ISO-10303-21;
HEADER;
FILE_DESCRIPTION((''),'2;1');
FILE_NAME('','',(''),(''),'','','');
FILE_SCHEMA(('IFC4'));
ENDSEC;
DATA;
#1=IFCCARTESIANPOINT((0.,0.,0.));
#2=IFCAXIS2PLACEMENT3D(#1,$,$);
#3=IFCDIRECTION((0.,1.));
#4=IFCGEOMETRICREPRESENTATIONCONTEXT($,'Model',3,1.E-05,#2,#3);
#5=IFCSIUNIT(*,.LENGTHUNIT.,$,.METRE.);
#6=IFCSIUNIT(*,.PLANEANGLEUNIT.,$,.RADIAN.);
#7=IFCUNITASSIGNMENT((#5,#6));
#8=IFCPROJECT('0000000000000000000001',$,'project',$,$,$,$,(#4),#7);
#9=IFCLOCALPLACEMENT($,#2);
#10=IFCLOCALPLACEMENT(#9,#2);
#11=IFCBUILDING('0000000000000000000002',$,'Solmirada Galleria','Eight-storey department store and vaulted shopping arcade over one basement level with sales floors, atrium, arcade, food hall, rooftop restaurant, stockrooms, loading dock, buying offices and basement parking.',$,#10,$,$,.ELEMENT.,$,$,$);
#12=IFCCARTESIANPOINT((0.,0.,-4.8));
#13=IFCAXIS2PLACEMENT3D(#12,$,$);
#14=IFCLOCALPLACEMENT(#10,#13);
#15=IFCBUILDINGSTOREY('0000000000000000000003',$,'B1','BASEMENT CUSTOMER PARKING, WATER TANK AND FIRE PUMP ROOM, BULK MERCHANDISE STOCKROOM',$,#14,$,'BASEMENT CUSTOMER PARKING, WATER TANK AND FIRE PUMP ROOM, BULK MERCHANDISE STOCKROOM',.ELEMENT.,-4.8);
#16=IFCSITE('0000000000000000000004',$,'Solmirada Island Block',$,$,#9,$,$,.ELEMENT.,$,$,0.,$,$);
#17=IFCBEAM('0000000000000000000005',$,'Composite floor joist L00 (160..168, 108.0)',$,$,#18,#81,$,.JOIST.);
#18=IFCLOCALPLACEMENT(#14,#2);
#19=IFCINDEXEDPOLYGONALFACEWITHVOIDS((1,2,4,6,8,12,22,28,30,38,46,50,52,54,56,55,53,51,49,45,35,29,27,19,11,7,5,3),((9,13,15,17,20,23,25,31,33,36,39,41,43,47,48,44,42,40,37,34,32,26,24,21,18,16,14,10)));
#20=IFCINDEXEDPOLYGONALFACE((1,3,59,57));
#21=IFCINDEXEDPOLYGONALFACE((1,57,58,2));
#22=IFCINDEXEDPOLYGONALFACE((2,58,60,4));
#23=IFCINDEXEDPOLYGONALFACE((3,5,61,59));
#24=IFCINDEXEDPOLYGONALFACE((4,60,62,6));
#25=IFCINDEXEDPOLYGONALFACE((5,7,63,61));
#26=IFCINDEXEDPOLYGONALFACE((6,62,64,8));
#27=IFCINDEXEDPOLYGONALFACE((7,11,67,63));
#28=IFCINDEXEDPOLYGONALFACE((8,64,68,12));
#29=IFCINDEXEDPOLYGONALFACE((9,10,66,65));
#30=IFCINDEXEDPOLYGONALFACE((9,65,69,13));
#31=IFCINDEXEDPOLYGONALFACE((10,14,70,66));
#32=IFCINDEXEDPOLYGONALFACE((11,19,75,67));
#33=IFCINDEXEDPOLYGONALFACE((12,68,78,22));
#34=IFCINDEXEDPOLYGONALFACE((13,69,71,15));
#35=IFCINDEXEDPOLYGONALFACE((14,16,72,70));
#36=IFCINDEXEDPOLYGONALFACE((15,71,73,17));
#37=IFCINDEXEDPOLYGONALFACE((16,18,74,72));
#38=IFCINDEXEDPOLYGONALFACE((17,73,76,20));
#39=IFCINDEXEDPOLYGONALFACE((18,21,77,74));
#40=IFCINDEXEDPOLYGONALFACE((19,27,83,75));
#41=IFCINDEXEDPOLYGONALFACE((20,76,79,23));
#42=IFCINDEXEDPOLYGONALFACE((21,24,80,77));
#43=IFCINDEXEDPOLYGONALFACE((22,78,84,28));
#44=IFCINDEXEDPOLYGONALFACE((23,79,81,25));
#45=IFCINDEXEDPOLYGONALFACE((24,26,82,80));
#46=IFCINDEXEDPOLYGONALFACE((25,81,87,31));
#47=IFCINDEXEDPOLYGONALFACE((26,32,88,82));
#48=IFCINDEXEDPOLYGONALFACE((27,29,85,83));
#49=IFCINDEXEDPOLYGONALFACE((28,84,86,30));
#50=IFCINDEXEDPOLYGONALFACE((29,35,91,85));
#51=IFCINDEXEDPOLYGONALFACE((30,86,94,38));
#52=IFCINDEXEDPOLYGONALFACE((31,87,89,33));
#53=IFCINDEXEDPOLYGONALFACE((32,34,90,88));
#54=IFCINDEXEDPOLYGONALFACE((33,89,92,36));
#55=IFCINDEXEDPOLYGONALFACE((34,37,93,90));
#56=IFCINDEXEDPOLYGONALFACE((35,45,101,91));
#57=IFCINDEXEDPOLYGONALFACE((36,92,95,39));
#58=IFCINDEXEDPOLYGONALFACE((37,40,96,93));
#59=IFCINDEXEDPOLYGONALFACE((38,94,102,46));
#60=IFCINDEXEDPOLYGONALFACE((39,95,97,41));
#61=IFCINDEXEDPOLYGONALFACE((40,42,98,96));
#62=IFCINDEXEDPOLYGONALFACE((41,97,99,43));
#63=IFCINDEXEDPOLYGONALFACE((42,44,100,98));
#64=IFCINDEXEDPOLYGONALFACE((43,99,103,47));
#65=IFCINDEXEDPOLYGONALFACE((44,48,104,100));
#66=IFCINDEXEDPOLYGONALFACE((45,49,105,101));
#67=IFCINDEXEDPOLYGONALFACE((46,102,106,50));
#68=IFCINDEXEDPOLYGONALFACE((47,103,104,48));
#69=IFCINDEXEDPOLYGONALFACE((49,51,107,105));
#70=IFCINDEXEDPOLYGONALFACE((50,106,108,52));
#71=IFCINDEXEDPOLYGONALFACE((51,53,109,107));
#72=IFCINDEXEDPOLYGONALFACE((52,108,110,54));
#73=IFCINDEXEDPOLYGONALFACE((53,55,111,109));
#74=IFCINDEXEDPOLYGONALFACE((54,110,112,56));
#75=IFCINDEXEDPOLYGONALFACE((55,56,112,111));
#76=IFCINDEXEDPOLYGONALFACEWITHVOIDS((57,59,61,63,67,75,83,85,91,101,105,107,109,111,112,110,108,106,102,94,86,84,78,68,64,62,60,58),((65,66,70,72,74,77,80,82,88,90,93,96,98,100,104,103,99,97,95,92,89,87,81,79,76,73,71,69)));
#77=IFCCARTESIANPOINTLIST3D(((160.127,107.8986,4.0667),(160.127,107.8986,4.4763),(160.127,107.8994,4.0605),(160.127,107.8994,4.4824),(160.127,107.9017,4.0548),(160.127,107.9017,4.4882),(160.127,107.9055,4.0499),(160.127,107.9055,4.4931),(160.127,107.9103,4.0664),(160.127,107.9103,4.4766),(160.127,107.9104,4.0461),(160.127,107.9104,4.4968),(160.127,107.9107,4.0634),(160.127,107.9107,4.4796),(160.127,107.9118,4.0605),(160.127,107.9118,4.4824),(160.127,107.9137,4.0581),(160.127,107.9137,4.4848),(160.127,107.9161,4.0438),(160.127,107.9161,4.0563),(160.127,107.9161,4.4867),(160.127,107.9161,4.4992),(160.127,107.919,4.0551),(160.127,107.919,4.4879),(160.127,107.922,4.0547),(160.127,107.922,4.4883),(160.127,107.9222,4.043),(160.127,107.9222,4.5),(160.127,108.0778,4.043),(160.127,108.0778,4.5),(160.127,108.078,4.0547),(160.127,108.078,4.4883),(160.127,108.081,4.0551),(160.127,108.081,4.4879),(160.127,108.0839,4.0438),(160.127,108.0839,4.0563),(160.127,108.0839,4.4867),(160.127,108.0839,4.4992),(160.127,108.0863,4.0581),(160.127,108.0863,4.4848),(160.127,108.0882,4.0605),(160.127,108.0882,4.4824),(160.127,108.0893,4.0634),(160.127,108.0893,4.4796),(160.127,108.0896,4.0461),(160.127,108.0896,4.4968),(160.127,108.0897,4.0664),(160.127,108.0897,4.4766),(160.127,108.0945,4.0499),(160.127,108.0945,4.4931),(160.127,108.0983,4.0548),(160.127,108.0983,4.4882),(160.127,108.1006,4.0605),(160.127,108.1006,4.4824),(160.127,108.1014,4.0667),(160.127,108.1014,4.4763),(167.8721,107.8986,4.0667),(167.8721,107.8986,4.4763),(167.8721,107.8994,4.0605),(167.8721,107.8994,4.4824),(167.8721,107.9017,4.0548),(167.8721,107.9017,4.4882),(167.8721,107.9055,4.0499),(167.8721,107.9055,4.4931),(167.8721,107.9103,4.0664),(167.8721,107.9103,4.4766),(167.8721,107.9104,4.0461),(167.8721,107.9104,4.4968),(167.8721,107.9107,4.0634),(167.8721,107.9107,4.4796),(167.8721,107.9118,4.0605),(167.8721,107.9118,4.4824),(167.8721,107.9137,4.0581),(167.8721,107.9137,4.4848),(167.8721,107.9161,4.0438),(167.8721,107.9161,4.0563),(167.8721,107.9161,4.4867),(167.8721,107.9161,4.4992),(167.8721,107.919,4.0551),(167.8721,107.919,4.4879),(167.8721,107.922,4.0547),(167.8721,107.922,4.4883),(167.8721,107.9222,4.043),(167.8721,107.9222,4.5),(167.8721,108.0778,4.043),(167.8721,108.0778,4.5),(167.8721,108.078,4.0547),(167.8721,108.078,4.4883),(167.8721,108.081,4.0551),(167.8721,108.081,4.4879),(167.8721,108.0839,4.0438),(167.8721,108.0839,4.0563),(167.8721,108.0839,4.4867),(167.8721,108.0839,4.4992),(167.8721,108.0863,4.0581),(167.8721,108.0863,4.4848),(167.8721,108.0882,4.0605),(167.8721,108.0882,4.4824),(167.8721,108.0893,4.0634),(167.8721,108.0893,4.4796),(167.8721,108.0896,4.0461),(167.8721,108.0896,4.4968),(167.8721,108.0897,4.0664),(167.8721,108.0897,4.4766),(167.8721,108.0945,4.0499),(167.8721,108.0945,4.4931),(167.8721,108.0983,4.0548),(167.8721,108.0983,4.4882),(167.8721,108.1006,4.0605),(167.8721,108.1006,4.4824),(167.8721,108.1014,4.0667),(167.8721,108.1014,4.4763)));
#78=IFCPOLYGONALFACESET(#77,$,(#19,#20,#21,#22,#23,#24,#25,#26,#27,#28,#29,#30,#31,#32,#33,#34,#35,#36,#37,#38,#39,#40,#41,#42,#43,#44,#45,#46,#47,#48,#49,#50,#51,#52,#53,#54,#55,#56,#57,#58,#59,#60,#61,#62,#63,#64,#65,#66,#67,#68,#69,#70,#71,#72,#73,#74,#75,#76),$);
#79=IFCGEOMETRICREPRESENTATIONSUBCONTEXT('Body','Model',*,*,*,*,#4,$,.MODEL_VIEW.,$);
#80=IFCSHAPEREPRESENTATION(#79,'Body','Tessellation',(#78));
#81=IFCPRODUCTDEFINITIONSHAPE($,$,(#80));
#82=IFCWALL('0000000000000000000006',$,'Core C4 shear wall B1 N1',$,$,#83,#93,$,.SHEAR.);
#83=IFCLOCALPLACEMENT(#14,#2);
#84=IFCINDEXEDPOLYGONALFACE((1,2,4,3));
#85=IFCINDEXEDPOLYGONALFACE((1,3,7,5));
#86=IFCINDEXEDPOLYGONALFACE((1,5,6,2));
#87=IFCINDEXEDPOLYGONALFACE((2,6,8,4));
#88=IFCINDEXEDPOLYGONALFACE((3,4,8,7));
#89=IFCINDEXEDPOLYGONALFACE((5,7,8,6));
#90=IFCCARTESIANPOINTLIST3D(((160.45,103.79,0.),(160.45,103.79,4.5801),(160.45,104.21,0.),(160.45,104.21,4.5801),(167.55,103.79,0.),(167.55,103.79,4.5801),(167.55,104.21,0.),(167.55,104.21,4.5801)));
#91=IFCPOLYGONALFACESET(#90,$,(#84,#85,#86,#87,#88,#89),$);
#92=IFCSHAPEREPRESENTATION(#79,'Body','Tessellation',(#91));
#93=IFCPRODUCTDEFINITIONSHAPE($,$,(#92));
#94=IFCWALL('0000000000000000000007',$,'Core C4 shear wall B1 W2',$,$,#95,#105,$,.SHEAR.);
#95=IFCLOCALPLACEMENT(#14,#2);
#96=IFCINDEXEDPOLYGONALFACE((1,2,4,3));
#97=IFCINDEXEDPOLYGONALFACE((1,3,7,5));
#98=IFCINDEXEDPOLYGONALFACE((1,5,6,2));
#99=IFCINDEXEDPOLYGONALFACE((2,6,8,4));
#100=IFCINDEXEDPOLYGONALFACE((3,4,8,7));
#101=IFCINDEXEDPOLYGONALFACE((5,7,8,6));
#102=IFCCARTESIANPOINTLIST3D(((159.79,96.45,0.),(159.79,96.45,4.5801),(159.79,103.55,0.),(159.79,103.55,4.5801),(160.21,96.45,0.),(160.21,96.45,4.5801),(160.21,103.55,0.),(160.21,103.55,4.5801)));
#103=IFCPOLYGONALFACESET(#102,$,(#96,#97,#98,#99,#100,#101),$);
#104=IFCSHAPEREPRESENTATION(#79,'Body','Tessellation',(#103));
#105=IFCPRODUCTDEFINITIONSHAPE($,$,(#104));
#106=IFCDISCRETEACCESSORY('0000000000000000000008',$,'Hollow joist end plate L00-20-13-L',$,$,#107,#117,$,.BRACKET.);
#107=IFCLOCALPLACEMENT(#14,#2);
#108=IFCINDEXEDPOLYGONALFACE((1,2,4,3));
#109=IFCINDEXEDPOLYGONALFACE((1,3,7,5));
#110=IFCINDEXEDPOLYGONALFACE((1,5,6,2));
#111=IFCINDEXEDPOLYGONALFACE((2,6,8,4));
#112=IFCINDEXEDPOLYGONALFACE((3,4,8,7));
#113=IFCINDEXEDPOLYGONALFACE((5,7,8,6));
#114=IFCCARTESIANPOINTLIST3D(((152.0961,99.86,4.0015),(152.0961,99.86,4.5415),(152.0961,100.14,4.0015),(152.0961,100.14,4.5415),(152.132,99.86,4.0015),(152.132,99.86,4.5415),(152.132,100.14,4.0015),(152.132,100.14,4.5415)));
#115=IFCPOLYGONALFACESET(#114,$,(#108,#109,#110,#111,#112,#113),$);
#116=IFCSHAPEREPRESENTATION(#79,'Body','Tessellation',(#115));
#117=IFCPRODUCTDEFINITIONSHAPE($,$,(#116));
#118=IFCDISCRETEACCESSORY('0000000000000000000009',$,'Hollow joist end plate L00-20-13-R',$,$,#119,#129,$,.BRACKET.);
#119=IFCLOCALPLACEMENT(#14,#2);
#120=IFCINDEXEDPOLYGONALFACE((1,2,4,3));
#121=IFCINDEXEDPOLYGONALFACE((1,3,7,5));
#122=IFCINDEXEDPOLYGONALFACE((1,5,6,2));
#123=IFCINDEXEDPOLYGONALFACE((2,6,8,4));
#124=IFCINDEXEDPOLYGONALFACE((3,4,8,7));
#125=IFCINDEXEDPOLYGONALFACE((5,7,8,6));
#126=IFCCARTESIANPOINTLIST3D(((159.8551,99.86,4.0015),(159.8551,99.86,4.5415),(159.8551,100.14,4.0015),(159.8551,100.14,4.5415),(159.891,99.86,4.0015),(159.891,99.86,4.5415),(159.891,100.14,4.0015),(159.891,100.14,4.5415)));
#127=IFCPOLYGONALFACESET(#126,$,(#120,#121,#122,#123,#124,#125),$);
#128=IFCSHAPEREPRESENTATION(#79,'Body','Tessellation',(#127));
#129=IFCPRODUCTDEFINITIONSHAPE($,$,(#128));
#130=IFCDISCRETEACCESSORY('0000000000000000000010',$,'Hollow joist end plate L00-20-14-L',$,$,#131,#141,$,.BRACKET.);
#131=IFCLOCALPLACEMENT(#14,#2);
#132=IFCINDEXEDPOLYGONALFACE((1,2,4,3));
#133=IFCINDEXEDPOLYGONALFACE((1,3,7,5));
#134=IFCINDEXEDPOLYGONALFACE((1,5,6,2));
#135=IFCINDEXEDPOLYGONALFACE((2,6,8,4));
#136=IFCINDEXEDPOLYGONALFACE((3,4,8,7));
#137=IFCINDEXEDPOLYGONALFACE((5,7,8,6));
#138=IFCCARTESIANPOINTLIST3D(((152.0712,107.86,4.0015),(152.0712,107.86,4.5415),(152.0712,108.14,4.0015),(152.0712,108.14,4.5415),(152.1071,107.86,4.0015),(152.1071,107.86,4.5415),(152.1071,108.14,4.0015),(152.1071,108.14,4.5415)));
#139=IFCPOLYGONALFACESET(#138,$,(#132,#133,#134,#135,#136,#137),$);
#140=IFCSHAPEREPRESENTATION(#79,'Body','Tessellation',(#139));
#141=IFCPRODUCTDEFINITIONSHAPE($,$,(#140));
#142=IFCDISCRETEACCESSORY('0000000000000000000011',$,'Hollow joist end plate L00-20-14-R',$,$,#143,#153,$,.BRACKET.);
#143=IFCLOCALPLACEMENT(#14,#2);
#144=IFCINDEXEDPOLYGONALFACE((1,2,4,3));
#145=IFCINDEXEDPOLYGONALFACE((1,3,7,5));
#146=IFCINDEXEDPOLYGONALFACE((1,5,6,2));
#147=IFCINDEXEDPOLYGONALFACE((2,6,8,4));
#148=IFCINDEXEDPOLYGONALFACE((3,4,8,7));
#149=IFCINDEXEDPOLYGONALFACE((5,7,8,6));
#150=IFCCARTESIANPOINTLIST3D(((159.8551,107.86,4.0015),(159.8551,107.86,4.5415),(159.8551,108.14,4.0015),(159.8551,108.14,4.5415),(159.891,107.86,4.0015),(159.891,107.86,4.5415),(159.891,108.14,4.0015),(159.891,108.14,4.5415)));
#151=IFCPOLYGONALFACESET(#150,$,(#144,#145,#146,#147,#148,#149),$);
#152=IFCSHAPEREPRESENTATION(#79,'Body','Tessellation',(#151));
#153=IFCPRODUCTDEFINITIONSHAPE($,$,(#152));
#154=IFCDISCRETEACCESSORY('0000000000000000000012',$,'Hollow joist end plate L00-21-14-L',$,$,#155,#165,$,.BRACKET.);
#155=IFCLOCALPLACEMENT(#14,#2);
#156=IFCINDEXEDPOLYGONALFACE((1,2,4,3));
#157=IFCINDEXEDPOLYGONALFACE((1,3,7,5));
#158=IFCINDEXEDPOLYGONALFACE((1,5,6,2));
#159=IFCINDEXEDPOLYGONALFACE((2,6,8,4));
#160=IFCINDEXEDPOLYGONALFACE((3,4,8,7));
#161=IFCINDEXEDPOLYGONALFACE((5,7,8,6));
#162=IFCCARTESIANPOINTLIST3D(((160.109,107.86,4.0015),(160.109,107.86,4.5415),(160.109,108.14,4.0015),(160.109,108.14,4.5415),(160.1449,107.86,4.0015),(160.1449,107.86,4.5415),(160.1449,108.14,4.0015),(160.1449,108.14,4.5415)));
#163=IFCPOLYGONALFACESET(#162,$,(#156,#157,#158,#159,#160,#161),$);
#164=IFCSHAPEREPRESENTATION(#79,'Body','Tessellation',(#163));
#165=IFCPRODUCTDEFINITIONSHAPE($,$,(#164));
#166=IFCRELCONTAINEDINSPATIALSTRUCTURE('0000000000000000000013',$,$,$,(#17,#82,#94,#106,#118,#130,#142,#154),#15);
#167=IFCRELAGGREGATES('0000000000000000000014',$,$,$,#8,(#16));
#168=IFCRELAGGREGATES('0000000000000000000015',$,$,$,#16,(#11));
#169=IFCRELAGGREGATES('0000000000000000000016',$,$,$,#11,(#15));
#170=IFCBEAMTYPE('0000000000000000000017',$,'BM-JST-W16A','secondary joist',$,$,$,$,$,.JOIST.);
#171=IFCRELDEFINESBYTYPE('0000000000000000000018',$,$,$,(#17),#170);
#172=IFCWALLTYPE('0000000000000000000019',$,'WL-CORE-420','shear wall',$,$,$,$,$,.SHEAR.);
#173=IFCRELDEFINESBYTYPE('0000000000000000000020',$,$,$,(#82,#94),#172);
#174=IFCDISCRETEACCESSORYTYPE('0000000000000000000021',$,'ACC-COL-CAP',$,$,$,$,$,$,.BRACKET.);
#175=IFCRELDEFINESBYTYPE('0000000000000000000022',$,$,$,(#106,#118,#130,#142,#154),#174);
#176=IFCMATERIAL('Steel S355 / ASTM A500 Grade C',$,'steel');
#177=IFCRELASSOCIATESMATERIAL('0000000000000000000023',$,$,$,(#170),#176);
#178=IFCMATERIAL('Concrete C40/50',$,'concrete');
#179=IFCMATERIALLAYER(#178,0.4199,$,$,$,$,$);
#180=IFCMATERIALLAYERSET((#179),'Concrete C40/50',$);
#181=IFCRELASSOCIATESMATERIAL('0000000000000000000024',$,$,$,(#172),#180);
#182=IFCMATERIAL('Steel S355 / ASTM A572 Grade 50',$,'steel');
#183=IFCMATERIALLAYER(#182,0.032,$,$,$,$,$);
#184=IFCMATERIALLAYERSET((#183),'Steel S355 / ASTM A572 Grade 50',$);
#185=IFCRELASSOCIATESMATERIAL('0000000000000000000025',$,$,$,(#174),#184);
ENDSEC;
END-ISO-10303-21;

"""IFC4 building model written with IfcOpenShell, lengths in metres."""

from ifc_helpers import new_model, si_unit, direction, frame, frame_2d, origin, origin_2d, place, context, subcontext, project, spatial, rectangle, hollow_rectangle, extrude, material, layer, layer_set, material_profile, profile_set, type_object, element, save


model = new_model("IFC4")

# Units and contexts
model_context = context("Model", 3, precision=1e-05, world=origin(), true_north=direction((0.0, 1.0)))
body_context = subcontext(model_context, "Body", "Model", "MODEL_VIEW")
ifc_project = project(units=[si_unit("LENGTHUNIT", "METRE"), si_unit("PLANEANGLEUNIT", "RADIAN")], contexts=[model_context])

# Site, building, storey
site_placement = place(None, origin())
site = spatial("IfcSite", under=ifc_project, at=site_placement, Name="Solmirada Island Block", CompositionType="ELEMENT", RefElevation=0.0)
building_placement = place(site_placement, origin())
building = spatial("IfcBuilding", under=site, at=building_placement, Name="Solmirada Galleria", Description="Eight-storey department store and vaulted shopping arcade over one basement level with sales floors, atrium, arcade, food hall, rooftop restaurant, stockrooms, loading dock, buying offices and basement parking.", CompositionType="ELEMENT")
storey_placement = place(building_placement, frame((0.0, 0.0, -4.8)))
storey = spatial("IfcBuildingStorey", under=building, at=storey_placement, Name="B1", Description="BASEMENT CUSTOMER PARKING, WATER TANK AND FIRE PUMP ROOM, BULK MERCHANDISE STOCKROOM", LongName="BASEMENT CUSTOMER PARKING, WATER TANK AND FIRE PUMP ROOM, BULK MERCHANDISE STOCKROOM", CompositionType="ELEMENT", Elevation=-4.8)

# Shared definitions
ifc_material_1 = material(Name="Concrete C40/50", Category="concrete")

# Beam
ifc_material_2 = material(Name="Steel S355 / ASTM A500 Grade C", Category="steel")
ifc_material_profile_1 = material_profile(ifc_material_2, hollow_rectangle(XDim=0.2029, YDim=0.457, WallThickness=0.0117, InnerFilletRadius=0.0117, OuterFilletRadius=0.0237, at=origin_2d()), Name="HSS18X8X1/2")
ifc_profile_set_1 = profile_set([ifc_material_profile_1], Name="Steel S355 / ASTM A500 Grade C")
beam_type_1 = type_object("IfcBeamType", Name="BM-JST-W16A", Description="secondary joist", PredefinedType="JOIST", material=ifc_profile_set_1)
beam_1_placement = place(storey_placement, frame((160.127, 108.0, 4.2715), z_axis=(1.0, 0.0, 0.0), x_axis=(0.0, 1.0, 0.0)))
element("IfcBeam", 1, at=beam_1_placement, inside=storey, type_object=beam_type_1, Name="Composite floor joist L00 (160..168, 108.0)", PredefinedType="JOIST", context=body_context, shape_type="SweptSolid", body=[
    extrude(hollow_rectangle(XDim=0.2029, YDim=0.457, WallThickness=0.0117, InnerFilletRadius=0.0117, OuterFilletRadius=0.0237, at=origin_2d()), origin(), (0.0, 0.0, 1.0), 7.7451),
])

# Walls
ifc_layer_1 = layer(ifc_material_1, 0.4199)
ifc_layer_set_1 = layer_set([ifc_layer_1], Name="Concrete C40/50")
wall_type = type_object("IfcWallType", Name="WL-CORE-420", Description="shear wall", PredefinedType="SHEAR", material=ifc_layer_set_1)
for number, where, z_axis, x_axis, name in (
    (2, (160.45, 104.0, 0.0), (0.0, 0.0, 1.0), (1.0, 0.0, 0.0), "Core C4 shear wall B1 N1"),
    (3, (160.0, 96.45, 0.0), (0.0, 0.0, 1.0), (0.0, 1.0, 0.0), "Core C4 shear wall B1 W2"),
):
    element("IfcWall", number, at=place(storey_placement, frame(where, z_axis=z_axis, x_axis=x_axis)), inside=storey, type_object=wall_type, Name=name, PredefinedType="SHEAR", context=body_context, shape_type="SweptSolid", body=[
        extrude(rectangle(XDim=7.1001, YDim=0.4199, at=frame_2d((3.55, 0.0))), origin(), (0.0, 0.0, 1.0), 4.5801),
    ])

# Discrete accessories
ifc_material_3 = material(Name="Steel S355 / ASTM A572 Grade 50", Category="steel")
ifc_layer_2 = layer(ifc_material_3, 0.032)
ifc_layer_set_2 = layer_set([ifc_layer_2], Name="Steel S355 / ASTM A572 Grade 50")
discrete_accessory_type = type_object("IfcDiscreteAccessoryType", Name="ACC-COL-CAP", PredefinedType="BRACKET", material=ifc_layer_set_2)
for number, where, z_axis, x_axis, name in (
    (4, (152.114, 100.0, 4.0015), (0.0, 0.0, 1.0), (1.0, 0.0, 0.0), "Hollow joist end plate L00-20-13-L"),
    (5, (159.873, 100.0, 4.0015), (0.0, 0.0, 1.0), (1.0, 0.0, 0.0), "Hollow joist end plate L00-20-13-R"),
    (6, (152.0891, 108.0, 4.0015), (0.0, 0.0, 1.0), (1.0, 0.0, 0.0), "Hollow joist end plate L00-20-14-L"),
    (7, (159.873, 108.0, 4.0015), (0.0, 0.0, 1.0), (1.0, 0.0, 0.0), "Hollow joist end plate L00-20-14-R"),
    (8, (160.127, 108.0, 4.0015), (0.0, 0.0, 1.0), (1.0, 0.0, 0.0), "Hollow joist end plate L00-21-14-L"),
):
    element("IfcDiscreteAccessory", number, at=place(storey_placement, frame(where, z_axis=z_axis, x_axis=x_axis)), inside=storey, type_object=discrete_accessory_type, Name=name, PredefinedType="BRACKET", context=body_context, shape_type="SweptSolid", body=[
        extrude(rectangle(XDim=0.0359, YDim=0.28, at=origin_2d()), origin(), (0.0, 0.0, 1.0), 0.54),
    ])

save(model, "model.ifc")
